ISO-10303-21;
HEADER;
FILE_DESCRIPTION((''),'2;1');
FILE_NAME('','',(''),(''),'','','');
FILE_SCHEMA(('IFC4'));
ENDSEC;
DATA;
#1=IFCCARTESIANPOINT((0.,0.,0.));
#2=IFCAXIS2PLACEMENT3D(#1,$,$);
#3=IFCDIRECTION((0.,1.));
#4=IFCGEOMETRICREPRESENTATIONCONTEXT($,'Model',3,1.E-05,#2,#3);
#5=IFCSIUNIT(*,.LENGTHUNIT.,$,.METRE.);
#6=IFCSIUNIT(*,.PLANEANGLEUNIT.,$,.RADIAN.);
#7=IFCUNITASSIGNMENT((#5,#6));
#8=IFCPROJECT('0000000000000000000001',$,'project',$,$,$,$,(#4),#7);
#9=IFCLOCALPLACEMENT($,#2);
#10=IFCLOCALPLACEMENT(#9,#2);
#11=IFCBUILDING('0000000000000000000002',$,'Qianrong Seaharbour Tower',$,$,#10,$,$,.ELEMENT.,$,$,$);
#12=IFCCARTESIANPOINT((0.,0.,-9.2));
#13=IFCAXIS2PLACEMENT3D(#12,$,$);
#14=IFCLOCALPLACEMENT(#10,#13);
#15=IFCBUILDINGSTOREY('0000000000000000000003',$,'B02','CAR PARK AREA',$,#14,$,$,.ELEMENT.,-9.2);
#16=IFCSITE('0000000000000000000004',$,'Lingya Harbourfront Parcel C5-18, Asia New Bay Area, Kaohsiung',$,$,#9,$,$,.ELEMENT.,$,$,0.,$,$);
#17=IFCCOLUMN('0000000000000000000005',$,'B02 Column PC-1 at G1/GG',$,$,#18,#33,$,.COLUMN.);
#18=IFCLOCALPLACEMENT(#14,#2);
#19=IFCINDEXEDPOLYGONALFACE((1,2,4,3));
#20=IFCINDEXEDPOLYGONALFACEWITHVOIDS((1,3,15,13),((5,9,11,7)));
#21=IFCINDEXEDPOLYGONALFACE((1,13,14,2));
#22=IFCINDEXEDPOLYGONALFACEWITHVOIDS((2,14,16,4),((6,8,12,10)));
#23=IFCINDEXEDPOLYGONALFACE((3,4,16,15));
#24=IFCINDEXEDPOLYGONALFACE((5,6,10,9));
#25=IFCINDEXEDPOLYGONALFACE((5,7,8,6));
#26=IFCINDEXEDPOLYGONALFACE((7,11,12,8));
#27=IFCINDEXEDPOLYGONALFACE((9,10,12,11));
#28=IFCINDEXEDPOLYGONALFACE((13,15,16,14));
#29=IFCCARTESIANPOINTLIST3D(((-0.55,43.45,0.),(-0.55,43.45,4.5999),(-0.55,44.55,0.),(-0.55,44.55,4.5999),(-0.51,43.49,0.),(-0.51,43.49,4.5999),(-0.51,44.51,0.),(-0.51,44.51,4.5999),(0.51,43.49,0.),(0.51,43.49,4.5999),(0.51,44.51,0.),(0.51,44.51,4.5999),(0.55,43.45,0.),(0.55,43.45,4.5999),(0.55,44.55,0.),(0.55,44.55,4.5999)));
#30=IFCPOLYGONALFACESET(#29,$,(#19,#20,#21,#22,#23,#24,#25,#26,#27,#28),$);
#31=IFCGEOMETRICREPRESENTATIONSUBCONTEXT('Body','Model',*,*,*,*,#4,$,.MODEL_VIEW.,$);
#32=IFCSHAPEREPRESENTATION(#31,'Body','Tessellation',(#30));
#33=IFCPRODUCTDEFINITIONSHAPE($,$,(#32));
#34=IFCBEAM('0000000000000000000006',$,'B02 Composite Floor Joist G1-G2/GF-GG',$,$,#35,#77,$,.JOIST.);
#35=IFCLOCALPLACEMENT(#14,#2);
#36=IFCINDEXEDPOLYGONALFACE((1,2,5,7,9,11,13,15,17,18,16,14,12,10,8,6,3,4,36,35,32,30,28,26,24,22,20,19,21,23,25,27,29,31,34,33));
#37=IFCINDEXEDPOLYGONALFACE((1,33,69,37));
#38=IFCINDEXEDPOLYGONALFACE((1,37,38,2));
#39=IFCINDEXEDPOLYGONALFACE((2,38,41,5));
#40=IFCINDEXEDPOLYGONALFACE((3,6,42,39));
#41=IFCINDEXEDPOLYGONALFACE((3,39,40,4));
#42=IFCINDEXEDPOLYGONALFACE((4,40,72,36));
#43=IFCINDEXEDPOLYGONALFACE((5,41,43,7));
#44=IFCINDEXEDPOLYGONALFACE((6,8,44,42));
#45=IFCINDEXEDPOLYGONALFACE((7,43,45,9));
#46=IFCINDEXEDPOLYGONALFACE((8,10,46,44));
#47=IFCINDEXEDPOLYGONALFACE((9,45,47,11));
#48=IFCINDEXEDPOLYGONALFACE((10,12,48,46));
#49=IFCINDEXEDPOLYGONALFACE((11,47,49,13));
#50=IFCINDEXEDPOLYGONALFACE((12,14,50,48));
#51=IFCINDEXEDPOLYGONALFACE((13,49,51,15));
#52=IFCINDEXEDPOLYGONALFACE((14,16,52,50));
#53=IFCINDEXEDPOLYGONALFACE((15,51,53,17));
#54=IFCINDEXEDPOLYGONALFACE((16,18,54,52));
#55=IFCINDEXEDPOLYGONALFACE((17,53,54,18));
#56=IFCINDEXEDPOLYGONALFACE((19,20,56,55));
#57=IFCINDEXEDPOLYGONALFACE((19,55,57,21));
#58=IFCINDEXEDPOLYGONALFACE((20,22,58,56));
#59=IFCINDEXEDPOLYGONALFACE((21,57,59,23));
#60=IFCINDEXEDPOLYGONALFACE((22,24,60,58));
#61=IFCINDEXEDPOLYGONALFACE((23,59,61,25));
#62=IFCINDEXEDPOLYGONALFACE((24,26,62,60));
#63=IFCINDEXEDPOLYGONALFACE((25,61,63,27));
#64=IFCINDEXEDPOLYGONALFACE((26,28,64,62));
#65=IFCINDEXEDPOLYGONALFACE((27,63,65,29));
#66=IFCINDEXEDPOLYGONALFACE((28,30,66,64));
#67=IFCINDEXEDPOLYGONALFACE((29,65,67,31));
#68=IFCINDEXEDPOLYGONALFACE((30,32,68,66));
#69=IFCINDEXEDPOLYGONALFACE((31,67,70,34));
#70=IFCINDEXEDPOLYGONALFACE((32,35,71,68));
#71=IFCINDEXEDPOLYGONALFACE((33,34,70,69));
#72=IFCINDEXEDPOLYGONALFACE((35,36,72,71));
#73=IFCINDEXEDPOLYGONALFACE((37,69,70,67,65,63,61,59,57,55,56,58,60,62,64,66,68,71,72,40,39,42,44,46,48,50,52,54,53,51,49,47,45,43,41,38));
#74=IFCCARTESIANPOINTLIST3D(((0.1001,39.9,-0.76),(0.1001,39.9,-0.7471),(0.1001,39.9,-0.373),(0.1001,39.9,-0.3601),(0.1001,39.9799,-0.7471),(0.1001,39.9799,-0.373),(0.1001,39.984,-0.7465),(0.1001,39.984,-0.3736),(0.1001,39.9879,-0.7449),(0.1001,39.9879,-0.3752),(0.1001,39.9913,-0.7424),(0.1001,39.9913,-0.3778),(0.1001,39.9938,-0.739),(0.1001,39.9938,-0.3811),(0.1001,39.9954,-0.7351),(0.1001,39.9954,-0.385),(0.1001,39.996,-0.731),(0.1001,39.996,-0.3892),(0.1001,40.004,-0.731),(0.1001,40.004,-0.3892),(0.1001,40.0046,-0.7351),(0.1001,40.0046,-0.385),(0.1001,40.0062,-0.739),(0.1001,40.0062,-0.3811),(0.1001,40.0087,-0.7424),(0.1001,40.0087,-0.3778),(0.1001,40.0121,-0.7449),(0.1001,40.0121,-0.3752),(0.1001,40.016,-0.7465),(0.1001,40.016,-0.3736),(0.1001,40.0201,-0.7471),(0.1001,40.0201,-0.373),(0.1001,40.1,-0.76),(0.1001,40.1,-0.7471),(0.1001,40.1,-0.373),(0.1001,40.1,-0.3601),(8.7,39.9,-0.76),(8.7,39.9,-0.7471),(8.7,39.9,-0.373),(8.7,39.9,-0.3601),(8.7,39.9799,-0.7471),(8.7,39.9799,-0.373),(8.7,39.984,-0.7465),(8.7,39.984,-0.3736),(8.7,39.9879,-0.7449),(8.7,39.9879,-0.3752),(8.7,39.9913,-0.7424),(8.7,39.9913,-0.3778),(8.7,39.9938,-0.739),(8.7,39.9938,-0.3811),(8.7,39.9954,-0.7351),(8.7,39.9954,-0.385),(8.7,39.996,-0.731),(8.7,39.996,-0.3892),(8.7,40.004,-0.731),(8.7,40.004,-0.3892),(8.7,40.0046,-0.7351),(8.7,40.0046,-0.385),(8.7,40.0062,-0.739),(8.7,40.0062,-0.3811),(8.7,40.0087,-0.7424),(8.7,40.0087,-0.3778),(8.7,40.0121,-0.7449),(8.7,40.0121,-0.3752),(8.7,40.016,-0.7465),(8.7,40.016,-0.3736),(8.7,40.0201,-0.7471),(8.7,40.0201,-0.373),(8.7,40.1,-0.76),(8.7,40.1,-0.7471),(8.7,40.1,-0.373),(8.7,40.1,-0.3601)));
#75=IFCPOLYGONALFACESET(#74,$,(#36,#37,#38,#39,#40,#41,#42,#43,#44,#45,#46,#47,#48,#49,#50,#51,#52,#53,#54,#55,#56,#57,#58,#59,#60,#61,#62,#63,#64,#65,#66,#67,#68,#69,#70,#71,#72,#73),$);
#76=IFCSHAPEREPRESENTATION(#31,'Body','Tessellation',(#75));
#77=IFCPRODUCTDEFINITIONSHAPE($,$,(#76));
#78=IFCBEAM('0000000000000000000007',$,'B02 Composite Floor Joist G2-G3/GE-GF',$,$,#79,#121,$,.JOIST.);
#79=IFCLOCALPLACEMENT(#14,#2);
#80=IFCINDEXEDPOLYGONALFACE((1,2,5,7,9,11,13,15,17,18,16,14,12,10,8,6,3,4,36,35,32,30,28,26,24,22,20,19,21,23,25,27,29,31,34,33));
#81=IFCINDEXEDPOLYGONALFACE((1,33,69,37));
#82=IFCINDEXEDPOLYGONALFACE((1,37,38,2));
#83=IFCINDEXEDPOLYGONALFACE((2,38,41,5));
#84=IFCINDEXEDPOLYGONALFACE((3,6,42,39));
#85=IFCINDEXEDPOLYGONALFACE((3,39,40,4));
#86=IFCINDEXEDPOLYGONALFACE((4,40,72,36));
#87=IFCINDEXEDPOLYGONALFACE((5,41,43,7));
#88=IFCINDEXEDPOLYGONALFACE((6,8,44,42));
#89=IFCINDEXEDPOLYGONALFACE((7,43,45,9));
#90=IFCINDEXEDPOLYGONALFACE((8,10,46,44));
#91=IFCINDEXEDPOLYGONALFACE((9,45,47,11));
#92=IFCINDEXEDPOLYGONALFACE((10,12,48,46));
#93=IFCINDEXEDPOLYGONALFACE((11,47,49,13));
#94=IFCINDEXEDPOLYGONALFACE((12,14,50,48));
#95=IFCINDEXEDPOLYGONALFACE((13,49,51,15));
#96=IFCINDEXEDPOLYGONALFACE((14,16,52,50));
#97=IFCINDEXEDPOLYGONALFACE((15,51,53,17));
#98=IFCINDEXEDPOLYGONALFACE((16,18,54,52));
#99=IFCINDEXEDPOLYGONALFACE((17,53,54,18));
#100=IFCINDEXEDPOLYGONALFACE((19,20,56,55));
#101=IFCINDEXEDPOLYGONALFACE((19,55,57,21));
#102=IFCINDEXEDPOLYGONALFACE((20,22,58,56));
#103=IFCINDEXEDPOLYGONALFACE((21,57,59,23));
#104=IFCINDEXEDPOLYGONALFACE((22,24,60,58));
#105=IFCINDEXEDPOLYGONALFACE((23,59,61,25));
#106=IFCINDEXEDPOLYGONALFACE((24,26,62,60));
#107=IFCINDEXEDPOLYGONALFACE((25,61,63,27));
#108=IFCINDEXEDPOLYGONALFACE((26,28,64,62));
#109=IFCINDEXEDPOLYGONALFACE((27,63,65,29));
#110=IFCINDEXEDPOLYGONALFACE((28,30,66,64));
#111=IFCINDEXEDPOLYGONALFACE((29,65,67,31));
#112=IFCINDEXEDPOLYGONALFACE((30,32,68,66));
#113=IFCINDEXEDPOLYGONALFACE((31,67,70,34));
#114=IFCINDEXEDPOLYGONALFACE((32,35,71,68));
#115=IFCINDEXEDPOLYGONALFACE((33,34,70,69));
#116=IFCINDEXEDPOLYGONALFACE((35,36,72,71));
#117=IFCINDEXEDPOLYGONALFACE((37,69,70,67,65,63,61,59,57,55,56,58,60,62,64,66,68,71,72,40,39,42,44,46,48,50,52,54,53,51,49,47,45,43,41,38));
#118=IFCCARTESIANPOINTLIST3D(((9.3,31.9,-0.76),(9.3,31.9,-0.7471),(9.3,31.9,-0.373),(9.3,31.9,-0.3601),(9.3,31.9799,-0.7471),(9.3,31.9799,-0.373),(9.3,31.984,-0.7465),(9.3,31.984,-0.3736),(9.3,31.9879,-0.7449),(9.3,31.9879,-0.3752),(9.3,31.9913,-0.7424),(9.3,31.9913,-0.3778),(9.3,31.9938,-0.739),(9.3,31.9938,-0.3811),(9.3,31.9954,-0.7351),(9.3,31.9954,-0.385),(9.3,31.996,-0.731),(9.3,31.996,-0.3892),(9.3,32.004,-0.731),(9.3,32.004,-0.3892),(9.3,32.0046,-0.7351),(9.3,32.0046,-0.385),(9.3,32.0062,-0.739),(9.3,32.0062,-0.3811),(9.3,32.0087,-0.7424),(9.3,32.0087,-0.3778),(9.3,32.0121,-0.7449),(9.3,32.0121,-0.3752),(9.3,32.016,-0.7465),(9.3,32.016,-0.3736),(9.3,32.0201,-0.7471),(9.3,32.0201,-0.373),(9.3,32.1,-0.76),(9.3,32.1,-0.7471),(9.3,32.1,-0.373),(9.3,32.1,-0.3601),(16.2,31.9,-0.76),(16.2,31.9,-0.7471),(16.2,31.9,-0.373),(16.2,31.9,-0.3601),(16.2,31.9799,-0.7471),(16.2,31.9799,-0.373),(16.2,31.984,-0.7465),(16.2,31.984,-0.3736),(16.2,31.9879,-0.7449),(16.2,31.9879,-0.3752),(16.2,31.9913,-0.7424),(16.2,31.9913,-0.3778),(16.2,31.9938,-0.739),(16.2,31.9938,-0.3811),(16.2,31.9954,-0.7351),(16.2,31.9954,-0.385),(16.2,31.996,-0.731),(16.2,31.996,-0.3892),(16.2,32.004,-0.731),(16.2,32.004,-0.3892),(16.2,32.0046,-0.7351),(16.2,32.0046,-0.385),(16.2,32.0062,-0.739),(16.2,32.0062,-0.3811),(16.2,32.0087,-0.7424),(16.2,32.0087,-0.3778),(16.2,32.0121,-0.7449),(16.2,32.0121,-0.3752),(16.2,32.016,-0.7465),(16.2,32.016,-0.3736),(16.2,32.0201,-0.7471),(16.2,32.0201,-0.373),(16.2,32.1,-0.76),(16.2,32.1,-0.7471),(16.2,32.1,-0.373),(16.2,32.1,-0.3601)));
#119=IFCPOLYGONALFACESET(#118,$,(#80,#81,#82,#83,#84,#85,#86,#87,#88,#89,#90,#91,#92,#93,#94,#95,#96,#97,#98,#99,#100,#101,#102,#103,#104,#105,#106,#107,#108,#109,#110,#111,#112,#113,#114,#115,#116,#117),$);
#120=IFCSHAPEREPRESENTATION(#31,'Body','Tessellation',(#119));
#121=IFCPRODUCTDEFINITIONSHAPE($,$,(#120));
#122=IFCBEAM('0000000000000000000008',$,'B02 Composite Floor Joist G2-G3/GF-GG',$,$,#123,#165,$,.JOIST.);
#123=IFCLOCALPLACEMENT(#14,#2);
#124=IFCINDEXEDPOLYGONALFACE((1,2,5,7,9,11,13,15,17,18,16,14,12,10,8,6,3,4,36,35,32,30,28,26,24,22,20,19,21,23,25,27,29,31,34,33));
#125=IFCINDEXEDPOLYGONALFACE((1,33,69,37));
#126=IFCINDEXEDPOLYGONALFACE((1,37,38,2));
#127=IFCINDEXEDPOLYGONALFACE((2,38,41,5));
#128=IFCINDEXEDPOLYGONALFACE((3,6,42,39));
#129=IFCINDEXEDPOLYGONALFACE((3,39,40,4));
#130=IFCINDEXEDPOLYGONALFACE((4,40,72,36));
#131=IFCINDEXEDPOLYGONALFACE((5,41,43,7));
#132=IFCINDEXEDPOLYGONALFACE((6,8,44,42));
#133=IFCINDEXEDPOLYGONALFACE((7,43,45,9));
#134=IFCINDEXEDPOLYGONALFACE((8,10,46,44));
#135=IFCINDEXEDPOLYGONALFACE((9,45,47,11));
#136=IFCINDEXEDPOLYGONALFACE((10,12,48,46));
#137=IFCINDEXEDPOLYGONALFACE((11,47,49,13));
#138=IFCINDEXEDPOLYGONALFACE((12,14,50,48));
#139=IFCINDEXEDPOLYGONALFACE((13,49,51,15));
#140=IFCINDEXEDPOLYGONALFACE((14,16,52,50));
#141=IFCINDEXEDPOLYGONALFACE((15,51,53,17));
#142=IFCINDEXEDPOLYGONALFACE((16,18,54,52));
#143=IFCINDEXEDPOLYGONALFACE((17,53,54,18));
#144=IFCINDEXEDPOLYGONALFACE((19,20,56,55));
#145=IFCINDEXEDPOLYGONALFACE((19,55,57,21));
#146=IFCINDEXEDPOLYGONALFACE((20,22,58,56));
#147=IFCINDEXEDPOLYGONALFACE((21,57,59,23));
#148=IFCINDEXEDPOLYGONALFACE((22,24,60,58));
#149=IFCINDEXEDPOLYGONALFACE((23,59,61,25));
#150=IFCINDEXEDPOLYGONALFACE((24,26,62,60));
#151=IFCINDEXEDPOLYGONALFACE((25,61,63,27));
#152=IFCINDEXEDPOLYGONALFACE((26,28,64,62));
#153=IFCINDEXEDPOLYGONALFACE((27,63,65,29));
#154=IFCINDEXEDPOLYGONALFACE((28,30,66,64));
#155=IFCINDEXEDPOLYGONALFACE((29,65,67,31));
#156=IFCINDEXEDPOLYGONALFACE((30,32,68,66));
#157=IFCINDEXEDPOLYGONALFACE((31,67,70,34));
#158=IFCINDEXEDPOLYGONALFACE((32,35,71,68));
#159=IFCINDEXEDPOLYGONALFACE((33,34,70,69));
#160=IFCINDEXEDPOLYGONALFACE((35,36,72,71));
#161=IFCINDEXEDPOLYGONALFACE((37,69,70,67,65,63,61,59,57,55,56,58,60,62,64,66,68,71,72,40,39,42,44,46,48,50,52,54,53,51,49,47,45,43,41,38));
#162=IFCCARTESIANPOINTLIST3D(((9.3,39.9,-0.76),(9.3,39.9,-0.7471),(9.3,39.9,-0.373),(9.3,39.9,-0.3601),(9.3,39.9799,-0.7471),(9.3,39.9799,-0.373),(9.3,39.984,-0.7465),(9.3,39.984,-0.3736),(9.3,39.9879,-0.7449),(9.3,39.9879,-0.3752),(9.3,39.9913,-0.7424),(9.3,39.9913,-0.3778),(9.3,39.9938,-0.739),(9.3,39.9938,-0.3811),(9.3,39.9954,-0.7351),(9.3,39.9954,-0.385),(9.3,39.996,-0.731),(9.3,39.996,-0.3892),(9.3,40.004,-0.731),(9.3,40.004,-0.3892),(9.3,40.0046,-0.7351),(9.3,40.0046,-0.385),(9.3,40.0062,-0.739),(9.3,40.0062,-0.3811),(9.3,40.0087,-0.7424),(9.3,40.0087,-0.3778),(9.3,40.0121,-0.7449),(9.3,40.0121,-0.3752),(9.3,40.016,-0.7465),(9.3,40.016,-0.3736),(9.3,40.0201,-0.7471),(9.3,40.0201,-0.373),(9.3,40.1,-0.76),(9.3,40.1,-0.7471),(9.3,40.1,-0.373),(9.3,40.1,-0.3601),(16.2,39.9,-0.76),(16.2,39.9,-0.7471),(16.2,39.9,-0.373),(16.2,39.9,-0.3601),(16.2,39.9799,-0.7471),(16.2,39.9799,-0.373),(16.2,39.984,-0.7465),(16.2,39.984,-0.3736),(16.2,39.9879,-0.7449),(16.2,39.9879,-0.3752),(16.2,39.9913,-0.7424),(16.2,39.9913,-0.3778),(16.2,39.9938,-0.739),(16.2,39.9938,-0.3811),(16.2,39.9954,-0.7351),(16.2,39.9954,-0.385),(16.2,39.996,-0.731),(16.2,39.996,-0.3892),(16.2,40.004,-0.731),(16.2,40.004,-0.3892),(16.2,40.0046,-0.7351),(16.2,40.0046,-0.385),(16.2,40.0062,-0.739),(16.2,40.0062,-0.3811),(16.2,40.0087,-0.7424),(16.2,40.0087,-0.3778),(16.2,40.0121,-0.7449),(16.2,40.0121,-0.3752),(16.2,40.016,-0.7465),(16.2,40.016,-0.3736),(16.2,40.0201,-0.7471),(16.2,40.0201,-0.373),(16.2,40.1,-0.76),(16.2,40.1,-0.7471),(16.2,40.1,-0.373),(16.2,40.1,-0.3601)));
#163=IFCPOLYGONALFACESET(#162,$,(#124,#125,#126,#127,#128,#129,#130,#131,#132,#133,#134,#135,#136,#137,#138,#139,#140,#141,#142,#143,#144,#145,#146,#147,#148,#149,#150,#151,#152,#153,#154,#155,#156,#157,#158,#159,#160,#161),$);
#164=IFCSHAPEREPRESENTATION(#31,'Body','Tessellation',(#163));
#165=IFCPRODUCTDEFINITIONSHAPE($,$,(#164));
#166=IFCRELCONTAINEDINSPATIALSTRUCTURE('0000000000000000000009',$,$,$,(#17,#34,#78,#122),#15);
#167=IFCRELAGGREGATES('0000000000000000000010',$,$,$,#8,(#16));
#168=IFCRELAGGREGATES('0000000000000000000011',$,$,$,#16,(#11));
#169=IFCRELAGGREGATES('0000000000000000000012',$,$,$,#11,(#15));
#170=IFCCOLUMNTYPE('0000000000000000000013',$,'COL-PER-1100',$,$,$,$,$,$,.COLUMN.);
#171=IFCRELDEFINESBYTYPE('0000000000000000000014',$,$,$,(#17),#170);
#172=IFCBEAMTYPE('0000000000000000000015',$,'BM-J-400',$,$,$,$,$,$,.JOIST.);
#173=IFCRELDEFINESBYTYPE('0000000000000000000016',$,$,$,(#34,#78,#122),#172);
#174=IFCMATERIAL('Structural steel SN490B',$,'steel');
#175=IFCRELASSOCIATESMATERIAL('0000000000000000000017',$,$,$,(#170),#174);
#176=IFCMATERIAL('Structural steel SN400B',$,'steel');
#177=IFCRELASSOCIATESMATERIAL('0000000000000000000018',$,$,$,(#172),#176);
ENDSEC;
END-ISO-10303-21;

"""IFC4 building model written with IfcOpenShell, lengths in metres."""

from ifc_helpers import new_model, si_unit, direction, frame, origin, origin_2d, place, context, subcontext, project, spatial, hollow_rectangle, i_section, extrude, material, material_profile, profile_set, type_object, element, save


model = new_model("IFC4")

# Units and contexts
model_context = context("Model", 3, precision=1e-05, world=origin(), true_north=direction((0.0, 1.0)))
body_context = subcontext(model_context, "Body", "Model", "MODEL_VIEW")
ifc_project = project(units=[si_unit("LENGTHUNIT", "METRE"), si_unit("PLANEANGLEUNIT", "RADIAN")], contexts=[model_context])

# Site, building, storey
site_placement = place(None, origin())
site = spatial("IfcSite", under=ifc_project, at=site_placement, Name="Lingya Harbourfront Parcel C5-18, Asia New Bay Area, Kaohsiung", CompositionType="ELEMENT", RefElevation=0.0)
building_placement = place(site_placement, origin())
building = spatial("IfcBuilding", under=site, at=building_placement, Name="Qianrong Seaharbour Tower", CompositionType="ELEMENT")
storey_placement = place(building_placement, frame((0.0, 0.0, -9.2)))
storey = spatial("IfcBuildingStorey", under=building, at=storey_placement, Name="B02", Description="CAR PARK AREA", CompositionType="ELEMENT", Elevation=-9.2)

# Column
ifc_material_1 = material(Name="Structural steel SN490B", Category="steel")
ifc_material_profile_1 = material_profile(ifc_material_1, hollow_rectangle(XDim=1.1001, YDim=1.1001, WallThickness=0.04, at=origin_2d()), Name="BOX1100x1100x40")
ifc_profile_set_1 = profile_set([ifc_material_profile_1], Name="Structural steel SN490B")
column_type_1 = type_object("IfcColumnType", Name="COL-PER-1100", PredefinedType="COLUMN", material=ifc_profile_set_1)
for number, where, z_axis, x_axis, name in (
    (1, (0.0, 44.0, 0.0), (0.0, 0.0, 1.0), (1.0, 0.0, 0.0), "B02 Column PC-1 at G1/GG"),
):
    element("IfcColumn", number, at=place(storey_placement, frame(where, z_axis=z_axis, x_axis=x_axis)), inside=storey, type_object=column_type_1, Name=name, PredefinedType="COLUMN", context=body_context, shape_type="SweptSolid", body=[
        extrude(hollow_rectangle(XDim=1.1001, YDim=1.1001, WallThickness=0.04, at=origin_2d()), origin(), (0.0, 0.0, 1.0), 4.5999),
    ])

# Beams
ifc_material_2 = material(Name="Structural steel SN400B", Category="steel")
ifc_material_profile_2 = material_profile(ifc_material_2, i_section(OverallWidth=0.2, OverallDepth=0.3999, WebThickness=0.0081, FlangeThickness=0.0129, FilletRadius=0.0161, at=origin_2d()), Name="H400x200x8x13")
ifc_profile_set_2 = profile_set([ifc_material_profile_2], Name="Structural steel SN400B")
beam_type_1 = type_object("IfcBeamType", Name="BM-J-400", PredefinedType="JOIST", material=ifc_profile_set_2)
beam_1_placement = place(storey_placement, frame((0.1001, 40.0, -0.5601), z_axis=(1.0, 0.0, 0.0), x_axis=(0.0, 1.0, 0.0)))
element("IfcBeam", 2, at=beam_1_placement, inside=storey, type_object=beam_type_1, Name="B02 Composite Floor Joist G1-G2/GF-GG", PredefinedType="JOIST", context=body_context, shape_type="SweptSolid", body=[
    extrude(i_section(OverallWidth=0.2, OverallDepth=0.3999, WebThickness=0.0081, FlangeThickness=0.0129, FilletRadius=0.0161, at=origin_2d()), origin(), (0.0, 0.0, 1.0), 8.5999),
])
for number, where, z_axis, x_axis, name in (
    (3, (9.3, 32.0, -0.5601), (1.0, 0.0, 0.0), (0.0, 1.0, 0.0), "B02 Composite Floor Joist G2-G3/GE-GF"),
    (4, (9.3, 40.0, -0.5601), (1.0, 0.0, 0.0), (0.0, 1.0, 0.0), "B02 Composite Floor Joist G2-G3/GF-GG"),
):
    element("IfcBeam", number, at=place(storey_placement, frame(where, z_axis=z_axis, x_axis=x_axis)), inside=storey, type_object=beam_type_1, Name=name, PredefinedType="JOIST", context=body_context, shape_type="SweptSolid", body=[
        extrude(i_section(OverallWidth=0.2, OverallDepth=0.3999, WebThickness=0.0081, FlangeThickness=0.0129, FilletRadius=0.0161, at=origin_2d()), origin(), (0.0, 0.0, 1.0), 6.8999),
    ])

save(model, "model.ifc")
